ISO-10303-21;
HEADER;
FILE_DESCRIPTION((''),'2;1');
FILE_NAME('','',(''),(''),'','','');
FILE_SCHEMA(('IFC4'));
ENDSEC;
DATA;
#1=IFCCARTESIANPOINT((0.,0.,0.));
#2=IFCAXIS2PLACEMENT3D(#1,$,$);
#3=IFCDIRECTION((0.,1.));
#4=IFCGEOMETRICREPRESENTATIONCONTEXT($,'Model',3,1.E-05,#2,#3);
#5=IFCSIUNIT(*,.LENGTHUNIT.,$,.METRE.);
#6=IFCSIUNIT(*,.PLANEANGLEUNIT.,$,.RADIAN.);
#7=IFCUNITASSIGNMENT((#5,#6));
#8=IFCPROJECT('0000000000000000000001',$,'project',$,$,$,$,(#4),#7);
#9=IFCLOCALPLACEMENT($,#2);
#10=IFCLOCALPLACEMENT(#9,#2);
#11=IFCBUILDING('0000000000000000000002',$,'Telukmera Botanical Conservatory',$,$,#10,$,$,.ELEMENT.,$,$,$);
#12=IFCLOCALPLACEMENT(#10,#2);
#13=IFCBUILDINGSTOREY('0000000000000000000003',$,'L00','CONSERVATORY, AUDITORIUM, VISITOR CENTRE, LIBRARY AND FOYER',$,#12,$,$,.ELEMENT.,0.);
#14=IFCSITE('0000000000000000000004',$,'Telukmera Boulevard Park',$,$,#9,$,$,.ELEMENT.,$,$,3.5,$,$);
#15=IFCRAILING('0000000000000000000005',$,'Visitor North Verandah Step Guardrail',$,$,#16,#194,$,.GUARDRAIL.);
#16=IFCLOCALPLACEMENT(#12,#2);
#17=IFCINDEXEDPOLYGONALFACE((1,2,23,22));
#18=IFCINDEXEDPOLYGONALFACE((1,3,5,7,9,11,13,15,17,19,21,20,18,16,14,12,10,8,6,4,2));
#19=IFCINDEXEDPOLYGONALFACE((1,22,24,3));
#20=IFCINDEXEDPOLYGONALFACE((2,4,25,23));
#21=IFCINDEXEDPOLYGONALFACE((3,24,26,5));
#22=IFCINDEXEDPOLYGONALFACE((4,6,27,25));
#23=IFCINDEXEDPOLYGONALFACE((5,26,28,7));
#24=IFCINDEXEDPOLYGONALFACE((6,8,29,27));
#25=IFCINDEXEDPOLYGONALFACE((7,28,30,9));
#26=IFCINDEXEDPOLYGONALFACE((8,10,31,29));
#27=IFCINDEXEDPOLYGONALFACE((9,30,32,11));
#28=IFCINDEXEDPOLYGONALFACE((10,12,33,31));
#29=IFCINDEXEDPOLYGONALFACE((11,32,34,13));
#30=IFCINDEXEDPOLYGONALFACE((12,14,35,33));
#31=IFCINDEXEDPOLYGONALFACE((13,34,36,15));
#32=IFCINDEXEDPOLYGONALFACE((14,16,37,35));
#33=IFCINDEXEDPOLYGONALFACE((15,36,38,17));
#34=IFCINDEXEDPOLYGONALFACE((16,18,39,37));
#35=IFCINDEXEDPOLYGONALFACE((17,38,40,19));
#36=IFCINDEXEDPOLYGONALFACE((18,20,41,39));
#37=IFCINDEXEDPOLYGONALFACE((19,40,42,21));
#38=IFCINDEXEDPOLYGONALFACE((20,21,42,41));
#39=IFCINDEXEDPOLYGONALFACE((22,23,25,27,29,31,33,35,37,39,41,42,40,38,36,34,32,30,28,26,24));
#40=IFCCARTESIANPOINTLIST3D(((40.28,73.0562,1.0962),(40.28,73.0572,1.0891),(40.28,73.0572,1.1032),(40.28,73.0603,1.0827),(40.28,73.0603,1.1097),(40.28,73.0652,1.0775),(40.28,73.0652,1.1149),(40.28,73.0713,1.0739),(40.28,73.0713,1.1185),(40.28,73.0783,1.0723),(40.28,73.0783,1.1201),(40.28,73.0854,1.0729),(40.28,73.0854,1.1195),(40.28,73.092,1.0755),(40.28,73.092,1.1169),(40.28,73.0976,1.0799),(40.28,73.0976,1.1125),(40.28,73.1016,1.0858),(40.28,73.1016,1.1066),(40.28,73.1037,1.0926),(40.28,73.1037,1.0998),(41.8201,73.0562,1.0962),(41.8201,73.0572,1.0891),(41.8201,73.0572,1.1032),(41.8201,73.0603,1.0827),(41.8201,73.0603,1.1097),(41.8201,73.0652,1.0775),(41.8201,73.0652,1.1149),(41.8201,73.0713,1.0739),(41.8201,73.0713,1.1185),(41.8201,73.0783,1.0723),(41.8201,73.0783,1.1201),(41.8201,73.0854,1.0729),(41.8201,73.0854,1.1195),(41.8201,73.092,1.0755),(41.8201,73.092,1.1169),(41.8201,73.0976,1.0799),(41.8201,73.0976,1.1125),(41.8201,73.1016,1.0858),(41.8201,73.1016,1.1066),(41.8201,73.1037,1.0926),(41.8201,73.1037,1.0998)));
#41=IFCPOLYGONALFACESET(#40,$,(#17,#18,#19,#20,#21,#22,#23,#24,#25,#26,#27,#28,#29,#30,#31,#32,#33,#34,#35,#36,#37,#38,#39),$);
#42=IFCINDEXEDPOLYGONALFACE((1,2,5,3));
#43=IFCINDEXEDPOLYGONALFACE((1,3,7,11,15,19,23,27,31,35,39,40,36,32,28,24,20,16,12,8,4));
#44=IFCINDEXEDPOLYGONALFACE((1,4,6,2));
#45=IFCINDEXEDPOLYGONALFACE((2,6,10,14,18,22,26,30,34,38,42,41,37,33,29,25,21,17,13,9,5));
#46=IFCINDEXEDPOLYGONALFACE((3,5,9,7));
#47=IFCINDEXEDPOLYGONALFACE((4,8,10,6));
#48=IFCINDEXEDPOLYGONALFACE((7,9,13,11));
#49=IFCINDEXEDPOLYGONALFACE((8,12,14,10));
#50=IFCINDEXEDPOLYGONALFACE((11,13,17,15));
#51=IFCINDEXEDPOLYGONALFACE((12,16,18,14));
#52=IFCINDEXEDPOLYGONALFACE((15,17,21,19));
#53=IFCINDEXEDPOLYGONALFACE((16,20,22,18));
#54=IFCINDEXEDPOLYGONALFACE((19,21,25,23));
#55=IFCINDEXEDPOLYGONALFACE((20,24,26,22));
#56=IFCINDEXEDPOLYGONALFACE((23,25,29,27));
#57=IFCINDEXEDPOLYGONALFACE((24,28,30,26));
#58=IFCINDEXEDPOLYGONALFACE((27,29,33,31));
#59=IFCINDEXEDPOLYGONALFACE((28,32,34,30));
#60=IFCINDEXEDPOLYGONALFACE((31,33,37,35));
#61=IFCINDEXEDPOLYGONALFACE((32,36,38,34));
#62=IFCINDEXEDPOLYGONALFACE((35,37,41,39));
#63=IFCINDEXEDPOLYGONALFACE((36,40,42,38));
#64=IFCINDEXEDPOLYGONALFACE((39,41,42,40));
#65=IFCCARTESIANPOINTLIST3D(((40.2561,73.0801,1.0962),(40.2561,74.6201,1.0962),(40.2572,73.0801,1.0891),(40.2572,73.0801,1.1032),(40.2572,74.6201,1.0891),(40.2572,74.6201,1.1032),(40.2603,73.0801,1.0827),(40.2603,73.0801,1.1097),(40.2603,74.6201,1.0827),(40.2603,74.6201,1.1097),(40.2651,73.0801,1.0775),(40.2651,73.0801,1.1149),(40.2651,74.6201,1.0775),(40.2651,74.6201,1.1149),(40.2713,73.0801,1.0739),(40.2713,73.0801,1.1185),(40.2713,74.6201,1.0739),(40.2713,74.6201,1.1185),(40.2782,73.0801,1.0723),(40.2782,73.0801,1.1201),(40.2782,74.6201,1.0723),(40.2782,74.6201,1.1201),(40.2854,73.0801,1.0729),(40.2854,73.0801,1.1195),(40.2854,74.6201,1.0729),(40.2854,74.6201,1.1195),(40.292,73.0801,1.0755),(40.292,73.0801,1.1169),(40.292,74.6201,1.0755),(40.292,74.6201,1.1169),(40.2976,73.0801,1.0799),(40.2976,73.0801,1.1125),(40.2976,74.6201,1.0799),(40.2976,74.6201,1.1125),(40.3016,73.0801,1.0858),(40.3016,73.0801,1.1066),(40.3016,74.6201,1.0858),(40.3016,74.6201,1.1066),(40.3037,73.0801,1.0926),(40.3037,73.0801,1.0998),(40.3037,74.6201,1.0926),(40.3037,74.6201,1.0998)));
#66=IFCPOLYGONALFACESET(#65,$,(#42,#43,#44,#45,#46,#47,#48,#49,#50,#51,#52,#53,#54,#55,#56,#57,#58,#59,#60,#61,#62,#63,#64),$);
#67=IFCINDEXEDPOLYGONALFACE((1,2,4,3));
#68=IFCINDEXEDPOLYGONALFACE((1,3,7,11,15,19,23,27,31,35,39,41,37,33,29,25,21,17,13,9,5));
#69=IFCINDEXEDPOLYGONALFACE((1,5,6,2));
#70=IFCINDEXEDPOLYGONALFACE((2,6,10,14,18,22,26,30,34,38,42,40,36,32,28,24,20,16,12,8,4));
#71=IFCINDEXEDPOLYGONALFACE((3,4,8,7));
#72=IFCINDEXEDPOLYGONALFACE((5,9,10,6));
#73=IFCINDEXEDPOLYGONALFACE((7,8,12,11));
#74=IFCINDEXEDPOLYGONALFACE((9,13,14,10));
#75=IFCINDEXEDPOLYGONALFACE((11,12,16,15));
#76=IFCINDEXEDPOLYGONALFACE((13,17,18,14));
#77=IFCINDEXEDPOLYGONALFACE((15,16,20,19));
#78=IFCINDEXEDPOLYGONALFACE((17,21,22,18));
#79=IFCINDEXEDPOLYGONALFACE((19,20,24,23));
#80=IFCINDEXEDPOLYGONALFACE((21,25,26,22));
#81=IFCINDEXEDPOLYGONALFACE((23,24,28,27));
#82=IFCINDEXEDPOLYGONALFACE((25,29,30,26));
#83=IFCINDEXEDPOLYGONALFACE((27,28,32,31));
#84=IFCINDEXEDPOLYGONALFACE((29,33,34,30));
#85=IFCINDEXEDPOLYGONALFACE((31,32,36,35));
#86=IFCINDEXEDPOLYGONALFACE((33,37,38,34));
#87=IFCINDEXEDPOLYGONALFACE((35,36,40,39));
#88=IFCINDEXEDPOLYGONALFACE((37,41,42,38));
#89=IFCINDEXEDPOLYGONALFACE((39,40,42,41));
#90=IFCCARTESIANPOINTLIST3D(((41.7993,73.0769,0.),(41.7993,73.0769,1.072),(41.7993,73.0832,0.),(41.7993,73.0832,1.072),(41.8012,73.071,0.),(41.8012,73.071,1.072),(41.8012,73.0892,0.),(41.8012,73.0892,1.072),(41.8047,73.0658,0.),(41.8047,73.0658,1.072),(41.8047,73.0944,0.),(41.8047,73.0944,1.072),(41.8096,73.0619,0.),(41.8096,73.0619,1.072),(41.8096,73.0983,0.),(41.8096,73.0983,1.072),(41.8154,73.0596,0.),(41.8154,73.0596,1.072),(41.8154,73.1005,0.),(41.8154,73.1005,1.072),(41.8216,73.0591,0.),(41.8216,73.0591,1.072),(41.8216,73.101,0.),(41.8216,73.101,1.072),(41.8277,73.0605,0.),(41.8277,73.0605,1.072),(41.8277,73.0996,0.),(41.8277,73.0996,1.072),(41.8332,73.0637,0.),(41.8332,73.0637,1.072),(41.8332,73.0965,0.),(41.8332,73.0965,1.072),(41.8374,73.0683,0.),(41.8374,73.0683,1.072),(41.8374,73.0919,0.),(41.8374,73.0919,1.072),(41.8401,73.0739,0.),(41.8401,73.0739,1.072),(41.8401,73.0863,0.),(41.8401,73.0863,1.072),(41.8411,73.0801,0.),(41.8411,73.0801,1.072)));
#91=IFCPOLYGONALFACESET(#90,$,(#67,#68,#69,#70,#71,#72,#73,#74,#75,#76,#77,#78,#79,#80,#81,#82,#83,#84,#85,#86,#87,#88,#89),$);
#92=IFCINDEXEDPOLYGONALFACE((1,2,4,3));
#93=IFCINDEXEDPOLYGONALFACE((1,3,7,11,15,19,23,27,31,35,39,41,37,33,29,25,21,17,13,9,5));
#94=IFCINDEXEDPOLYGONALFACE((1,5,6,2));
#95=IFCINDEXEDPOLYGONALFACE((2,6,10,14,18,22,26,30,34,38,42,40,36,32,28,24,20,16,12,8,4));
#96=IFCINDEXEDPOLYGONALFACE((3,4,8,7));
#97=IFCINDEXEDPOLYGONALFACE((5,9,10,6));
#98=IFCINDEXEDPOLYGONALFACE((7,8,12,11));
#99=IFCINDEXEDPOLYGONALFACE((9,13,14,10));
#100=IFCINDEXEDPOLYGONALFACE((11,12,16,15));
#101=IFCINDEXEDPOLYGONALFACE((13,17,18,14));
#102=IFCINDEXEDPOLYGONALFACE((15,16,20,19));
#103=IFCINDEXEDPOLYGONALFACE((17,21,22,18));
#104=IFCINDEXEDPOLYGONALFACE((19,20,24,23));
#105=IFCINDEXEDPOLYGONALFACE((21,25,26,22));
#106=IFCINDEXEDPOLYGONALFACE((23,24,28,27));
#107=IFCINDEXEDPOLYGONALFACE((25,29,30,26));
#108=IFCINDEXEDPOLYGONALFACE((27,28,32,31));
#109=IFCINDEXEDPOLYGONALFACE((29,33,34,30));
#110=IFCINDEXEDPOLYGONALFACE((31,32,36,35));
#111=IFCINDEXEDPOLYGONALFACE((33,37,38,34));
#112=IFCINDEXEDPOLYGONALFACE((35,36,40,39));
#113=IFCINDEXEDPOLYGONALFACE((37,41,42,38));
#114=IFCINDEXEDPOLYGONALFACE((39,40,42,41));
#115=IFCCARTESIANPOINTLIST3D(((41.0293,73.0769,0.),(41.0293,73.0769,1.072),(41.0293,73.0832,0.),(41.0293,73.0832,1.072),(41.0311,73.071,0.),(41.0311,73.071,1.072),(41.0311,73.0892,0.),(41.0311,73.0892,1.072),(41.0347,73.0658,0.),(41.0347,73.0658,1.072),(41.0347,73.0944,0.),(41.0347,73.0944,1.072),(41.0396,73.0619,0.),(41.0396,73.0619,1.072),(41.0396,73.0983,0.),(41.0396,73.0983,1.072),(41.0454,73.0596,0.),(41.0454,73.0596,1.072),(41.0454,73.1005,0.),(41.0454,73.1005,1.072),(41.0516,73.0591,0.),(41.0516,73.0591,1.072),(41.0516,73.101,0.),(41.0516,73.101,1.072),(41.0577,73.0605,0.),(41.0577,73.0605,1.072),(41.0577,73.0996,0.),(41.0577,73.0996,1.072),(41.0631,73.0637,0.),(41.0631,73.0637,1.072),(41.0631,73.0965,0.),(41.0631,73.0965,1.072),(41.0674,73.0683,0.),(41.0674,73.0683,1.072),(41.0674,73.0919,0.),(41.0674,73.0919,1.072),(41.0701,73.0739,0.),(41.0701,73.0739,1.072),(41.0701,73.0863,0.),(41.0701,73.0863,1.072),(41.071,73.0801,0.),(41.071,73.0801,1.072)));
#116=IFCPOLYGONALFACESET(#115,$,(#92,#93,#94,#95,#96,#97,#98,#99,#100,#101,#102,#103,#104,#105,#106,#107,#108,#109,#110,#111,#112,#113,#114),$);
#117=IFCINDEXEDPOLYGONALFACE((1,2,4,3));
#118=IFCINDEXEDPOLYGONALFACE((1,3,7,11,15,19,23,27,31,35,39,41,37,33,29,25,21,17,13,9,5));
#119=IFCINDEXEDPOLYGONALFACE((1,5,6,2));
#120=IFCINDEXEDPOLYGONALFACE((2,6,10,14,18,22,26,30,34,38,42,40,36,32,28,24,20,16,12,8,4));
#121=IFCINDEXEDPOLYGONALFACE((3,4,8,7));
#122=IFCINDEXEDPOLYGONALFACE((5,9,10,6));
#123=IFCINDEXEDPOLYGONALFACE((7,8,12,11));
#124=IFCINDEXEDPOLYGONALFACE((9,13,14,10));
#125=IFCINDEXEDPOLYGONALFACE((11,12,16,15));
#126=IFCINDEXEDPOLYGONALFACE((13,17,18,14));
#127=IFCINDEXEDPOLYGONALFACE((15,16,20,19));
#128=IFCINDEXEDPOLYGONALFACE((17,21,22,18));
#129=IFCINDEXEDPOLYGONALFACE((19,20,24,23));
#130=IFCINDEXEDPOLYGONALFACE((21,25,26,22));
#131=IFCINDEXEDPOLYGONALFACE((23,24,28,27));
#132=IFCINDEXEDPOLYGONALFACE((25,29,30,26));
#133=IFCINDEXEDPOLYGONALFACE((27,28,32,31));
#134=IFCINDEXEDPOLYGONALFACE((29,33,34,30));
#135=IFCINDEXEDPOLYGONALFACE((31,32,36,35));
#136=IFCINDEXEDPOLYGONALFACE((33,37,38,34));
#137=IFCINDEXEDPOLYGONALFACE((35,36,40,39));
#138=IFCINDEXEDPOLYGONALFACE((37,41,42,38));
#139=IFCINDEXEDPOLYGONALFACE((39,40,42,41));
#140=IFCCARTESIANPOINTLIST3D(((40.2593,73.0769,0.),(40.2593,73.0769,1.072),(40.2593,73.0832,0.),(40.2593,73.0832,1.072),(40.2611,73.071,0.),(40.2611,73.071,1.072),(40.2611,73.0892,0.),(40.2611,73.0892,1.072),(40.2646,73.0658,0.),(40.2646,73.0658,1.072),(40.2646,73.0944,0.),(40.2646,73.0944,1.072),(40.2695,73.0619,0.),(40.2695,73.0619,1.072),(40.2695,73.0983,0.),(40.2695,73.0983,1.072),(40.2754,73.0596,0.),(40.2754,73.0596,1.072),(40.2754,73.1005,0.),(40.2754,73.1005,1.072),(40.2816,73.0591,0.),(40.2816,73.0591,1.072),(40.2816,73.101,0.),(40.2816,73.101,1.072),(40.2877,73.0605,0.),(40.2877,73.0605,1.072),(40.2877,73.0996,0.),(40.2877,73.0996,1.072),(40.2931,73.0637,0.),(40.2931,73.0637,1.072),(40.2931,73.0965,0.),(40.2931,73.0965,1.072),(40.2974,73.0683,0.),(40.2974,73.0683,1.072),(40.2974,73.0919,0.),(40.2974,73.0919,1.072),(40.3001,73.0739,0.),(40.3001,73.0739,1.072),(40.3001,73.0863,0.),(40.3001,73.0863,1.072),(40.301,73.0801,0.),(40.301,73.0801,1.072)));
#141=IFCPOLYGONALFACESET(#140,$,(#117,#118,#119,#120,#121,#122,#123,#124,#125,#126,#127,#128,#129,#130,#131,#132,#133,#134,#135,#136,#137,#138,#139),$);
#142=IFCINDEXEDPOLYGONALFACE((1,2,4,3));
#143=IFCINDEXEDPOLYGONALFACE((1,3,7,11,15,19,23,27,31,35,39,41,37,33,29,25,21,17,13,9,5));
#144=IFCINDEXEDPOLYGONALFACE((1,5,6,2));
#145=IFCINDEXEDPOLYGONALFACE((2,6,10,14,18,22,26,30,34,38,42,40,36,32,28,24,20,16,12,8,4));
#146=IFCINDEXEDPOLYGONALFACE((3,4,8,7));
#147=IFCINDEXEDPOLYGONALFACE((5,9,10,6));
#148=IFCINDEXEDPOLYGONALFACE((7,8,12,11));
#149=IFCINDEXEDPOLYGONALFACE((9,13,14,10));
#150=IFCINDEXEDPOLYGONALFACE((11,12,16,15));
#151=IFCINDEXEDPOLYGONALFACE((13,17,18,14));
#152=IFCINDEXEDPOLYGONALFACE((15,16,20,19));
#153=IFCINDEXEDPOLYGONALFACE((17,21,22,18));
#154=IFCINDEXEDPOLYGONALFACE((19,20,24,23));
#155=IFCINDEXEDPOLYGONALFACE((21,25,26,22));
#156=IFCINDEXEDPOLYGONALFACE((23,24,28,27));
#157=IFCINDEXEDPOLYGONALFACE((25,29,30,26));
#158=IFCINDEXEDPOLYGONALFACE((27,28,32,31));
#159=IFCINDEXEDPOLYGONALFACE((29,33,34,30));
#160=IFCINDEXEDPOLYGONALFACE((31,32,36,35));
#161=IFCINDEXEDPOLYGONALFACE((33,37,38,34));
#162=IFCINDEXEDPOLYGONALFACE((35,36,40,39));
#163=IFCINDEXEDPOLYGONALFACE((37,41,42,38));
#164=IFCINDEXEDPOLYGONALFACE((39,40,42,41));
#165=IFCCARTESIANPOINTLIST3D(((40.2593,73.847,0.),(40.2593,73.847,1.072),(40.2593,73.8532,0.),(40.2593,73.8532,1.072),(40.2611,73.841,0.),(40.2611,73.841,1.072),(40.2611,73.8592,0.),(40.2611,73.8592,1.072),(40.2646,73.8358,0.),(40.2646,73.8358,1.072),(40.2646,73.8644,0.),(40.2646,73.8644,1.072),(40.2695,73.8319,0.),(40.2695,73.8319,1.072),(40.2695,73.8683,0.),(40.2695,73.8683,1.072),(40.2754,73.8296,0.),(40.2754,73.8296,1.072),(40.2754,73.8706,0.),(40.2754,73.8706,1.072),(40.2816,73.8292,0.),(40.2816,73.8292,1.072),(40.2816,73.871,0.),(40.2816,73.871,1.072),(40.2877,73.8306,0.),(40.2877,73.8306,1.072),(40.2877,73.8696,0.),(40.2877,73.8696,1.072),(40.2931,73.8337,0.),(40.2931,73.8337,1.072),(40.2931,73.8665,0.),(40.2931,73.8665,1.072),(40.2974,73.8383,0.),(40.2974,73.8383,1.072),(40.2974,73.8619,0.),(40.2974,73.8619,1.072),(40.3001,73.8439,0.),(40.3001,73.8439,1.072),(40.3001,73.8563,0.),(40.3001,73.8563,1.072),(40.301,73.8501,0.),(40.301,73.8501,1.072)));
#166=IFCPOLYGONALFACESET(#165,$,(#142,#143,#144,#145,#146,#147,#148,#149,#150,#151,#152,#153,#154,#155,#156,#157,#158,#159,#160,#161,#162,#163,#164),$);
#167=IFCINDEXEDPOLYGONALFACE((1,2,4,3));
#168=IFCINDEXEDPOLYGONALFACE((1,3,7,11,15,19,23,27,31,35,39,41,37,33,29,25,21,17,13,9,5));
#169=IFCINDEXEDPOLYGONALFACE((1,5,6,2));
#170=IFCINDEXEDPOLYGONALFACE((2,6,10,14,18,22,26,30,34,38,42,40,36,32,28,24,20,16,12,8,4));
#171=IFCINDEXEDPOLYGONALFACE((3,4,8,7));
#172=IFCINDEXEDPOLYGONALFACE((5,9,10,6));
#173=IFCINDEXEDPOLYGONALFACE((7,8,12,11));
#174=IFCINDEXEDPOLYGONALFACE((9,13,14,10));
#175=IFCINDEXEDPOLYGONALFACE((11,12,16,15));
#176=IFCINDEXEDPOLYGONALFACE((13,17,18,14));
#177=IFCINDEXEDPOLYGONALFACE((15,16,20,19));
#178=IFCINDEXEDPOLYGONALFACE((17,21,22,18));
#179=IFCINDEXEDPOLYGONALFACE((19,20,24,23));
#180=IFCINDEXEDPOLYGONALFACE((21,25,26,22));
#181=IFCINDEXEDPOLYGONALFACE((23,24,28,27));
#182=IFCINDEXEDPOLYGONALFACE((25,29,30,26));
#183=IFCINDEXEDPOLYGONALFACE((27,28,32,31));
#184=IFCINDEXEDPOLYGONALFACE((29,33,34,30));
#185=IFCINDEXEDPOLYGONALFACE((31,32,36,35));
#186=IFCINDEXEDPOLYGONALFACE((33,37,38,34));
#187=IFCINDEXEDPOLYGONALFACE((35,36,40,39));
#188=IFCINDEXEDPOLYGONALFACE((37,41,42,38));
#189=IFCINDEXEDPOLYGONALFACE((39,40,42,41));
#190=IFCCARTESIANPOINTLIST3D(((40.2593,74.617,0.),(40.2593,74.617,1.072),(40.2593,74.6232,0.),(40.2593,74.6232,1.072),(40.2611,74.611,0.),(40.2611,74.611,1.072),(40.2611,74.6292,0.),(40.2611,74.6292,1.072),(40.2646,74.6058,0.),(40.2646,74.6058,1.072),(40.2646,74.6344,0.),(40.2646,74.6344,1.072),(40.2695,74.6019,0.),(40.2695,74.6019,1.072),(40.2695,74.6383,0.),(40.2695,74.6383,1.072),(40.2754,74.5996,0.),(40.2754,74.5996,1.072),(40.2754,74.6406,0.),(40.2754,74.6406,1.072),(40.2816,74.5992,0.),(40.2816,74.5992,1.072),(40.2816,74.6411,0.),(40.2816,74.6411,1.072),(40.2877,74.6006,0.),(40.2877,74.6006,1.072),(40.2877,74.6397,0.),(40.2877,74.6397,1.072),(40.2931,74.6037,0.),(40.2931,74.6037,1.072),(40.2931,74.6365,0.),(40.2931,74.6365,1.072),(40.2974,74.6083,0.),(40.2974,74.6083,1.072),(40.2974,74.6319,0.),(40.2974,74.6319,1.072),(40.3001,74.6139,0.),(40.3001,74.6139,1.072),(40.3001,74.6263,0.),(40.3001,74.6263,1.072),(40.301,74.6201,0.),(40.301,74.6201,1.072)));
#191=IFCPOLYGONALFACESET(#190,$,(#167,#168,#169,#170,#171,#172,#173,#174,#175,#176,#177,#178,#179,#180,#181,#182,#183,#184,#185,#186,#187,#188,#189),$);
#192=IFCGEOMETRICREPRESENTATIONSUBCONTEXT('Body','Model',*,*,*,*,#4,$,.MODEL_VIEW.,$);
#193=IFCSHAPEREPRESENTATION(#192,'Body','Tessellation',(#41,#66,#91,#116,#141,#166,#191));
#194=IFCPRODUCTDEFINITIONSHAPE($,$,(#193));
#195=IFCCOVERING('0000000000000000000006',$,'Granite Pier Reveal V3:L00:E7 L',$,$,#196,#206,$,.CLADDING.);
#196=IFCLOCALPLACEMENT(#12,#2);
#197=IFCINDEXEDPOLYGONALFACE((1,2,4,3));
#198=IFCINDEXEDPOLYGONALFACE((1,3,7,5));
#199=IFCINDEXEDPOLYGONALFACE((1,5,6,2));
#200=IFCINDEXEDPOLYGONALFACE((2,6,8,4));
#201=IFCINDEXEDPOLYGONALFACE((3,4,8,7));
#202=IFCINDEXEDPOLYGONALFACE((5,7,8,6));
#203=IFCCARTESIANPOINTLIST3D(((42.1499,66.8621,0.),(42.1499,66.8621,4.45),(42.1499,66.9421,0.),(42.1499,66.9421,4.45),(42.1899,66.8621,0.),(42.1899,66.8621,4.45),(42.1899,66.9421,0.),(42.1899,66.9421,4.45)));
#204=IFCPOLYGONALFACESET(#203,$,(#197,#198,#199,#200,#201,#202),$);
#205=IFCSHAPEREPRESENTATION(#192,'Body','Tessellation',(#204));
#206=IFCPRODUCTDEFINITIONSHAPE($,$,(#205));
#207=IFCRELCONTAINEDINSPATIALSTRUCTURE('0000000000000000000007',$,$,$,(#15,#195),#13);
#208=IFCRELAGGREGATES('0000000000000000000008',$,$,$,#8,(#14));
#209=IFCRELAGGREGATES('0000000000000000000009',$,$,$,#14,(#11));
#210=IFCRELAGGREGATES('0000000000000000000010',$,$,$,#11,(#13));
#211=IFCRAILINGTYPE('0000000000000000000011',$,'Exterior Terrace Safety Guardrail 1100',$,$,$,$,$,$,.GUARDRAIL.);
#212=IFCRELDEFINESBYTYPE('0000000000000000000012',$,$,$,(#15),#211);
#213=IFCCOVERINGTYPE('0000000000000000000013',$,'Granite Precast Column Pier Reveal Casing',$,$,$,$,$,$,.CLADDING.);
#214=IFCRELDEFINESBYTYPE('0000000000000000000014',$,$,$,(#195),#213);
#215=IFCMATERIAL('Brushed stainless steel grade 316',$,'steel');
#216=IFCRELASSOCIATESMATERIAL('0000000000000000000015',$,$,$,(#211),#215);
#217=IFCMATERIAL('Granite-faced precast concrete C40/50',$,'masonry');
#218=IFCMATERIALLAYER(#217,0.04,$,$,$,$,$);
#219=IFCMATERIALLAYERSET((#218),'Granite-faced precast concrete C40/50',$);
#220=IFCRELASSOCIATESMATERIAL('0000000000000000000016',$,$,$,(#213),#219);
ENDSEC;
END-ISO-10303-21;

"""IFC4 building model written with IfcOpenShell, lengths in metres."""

from ifc_helpers import new_model, si_unit, direction, frame, origin, origin_2d, place, context, subcontext, project, spatial, rectangle, circle, extrude, material, layer, layer_set, type_object, element, save


model = new_model("IFC4")

# Units and contexts
model_context = context("Model", 3, precision=1e-05, world=origin(), true_north=direction((0.0, 1.0)))
body_context = subcontext(model_context, "Body", "Model", "MODEL_VIEW")
ifc_project = project(units=[si_unit("LENGTHUNIT", "METRE"), si_unit("PLANEANGLEUNIT", "RADIAN")], contexts=[model_context])

# Site, building, storey
site_placement = place(None, origin())
site = spatial("IfcSite", under=ifc_project, at=site_placement, Name="Telukmera Boulevard Park", CompositionType="ELEMENT", RefElevation=3.5)
building_placement = place(site_placement, origin())
building = spatial("IfcBuilding", under=site, at=building_placement, Name="Telukmera Botanical Conservatory", CompositionType="ELEMENT")
storey_placement = place(building_placement, origin())
storey = spatial("IfcBuildingStorey", under=building, at=storey_placement, Name="L00", Description="CONSERVATORY, AUDITORIUM, VISITOR CENTRE, LIBRARY AND FOYER", CompositionType="ELEMENT", Elevation=0.0)

# Railing
ifc_material_1 = material(Name="Brushed stainless steel grade 316", Category="steel")
railing_type_1 = type_object("IfcRailingType", Name="Exterior Terrace Safety Guardrail 1100", PredefinedType="GUARDRAIL", material=ifc_material_1)
railing_1_placement = place(storey_placement, frame((41.8201, 73.0801, 0.0)))
element("IfcRailing", 1, at=railing_1_placement, inside=storey, type_object=railing_type_1, Name="Visitor North Verandah Step Guardrail", PredefinedType="GUARDRAIL", context=body_context, shape_type="SweptSolid", body=[
    extrude(circle(Radius=0.0239, at=origin_2d()), frame((0.0, 0.0, 1.0962), z_axis=(-1.0, 0.0, 0.0), x_axis=(0.0, -1.0, 0.0)), (0.0, 0.0, 1.0), 1.54),
    extrude(circle(Radius=0.0239, at=origin_2d()), frame((-1.54, 0.0, 1.0962), z_axis=(0.0, 1.0, 0.0), x_axis=(-1.0, 0.0, 0.0)), (0.0, 0.0, 1.0), 1.54),
    extrude(circle(Radius=0.021, at=origin_2d()), origin(), (0.0, 0.0, 1.0), 1.072),
    extrude(circle(Radius=0.021, at=origin_2d()), frame((-0.77, 0.0, 0.0)), (0.0, 0.0, 1.0), 1.072),
    extrude(circle(Radius=0.021, at=origin_2d()), frame((-1.54, 0.0, 0.0)), (0.0, 0.0, 1.0), 1.072),
    extrude(circle(Radius=0.021, at=origin_2d()), frame((-1.54, 0.77, 0.0)), (0.0, 0.0, 1.0), 1.072),
    extrude(circle(Radius=0.021, at=origin_2d()), frame((-1.54, 1.54, 0.0)), (0.0, 0.0, 1.0), 1.072),
])

# Covering
ifc_material_2 = material(Name="Granite-faced precast concrete C40/50", Category="masonry")
ifc_layer_1 = layer(ifc_material_2, 0.04)
ifc_layer_set_1 = layer_set([ifc_layer_1], Name="Granite-faced precast concrete C40/50")
covering_type_1 = type_object("IfcCoveringType", Name="Granite Precast Column Pier Reveal Casing", PredefinedType="CLADDING", material=ifc_layer_set_1)
for number, where, z_axis, x_axis, name in (
    (2, (42.1699, 66.9021, 0.0), (0.0, 0.0, 1.0), (0.0, 1.0, 0.0), "Granite Pier Reveal V3:L00:E7 L"),
):
    element("IfcCovering", number, at=place(storey_placement, frame(where, z_axis=z_axis, x_axis=x_axis)), inside=storey, type_object=covering_type_1, Name=name, PredefinedType="CLADDING", context=body_context, shape_type="SweptSolid", body=[
        extrude(rectangle(XDim=0.0801, YDim=0.04, at=origin_2d()), origin(), (0.0, 0.0, 1.0), 4.45),
    ])

save(model, "model.ifc")
